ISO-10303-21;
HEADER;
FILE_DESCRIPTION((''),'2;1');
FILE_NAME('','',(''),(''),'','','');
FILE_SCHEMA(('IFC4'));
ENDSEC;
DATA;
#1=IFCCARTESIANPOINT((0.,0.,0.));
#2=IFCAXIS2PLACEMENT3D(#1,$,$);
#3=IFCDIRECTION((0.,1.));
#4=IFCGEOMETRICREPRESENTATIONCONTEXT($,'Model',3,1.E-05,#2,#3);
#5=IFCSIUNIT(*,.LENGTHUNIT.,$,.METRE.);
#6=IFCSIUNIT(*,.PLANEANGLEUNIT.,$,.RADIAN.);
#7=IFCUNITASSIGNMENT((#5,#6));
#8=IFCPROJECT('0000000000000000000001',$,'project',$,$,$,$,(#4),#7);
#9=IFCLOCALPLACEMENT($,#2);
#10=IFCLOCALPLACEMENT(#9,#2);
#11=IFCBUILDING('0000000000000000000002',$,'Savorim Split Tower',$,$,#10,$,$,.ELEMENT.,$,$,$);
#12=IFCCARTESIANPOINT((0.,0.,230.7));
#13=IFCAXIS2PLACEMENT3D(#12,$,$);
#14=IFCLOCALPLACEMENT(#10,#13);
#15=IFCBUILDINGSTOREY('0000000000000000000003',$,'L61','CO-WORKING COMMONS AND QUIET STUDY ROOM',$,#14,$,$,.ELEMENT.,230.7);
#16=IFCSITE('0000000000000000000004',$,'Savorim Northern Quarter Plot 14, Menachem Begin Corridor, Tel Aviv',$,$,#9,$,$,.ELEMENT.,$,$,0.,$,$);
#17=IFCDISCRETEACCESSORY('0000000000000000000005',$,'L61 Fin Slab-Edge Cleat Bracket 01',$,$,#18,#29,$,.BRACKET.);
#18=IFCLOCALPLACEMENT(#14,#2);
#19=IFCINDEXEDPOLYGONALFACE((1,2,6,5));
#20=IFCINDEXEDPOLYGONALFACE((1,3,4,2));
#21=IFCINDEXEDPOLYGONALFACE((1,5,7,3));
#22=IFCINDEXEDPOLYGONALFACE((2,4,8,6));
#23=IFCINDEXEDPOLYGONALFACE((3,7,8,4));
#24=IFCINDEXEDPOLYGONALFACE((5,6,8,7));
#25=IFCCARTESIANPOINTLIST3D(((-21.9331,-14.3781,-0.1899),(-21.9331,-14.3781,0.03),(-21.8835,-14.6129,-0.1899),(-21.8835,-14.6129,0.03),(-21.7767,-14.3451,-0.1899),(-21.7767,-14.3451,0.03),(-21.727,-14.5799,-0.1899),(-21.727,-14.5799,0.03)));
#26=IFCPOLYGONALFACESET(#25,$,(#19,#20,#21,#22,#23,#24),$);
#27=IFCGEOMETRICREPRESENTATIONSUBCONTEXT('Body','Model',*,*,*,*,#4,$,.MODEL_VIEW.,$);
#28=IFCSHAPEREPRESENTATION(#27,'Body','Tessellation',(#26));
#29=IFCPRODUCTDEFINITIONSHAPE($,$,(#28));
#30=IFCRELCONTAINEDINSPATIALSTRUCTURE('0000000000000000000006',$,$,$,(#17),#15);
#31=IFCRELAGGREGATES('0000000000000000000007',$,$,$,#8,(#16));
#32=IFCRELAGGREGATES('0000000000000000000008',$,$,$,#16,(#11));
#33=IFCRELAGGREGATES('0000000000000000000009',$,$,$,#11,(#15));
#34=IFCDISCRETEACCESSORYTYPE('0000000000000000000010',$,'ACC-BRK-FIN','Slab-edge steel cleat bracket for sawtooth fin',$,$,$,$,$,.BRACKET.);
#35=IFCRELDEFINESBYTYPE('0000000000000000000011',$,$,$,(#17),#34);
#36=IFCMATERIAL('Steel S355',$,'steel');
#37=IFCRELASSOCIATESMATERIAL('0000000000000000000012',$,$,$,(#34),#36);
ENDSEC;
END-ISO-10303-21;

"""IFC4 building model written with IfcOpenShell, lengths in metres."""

from ifc_helpers import new_model, si_unit, direction, frame, origin, origin_2d, place, context, subcontext, project, spatial, rectangle, extrude, material, type_object, element, save


model = new_model("IFC4")

# Units and contexts
model_context = context("Model", 3, precision=1e-05, world=origin(), true_north=direction((0.0, 1.0)))
body_context = subcontext(model_context, "Body", "Model", "MODEL_VIEW")
ifc_project = project(units=[si_unit("LENGTHUNIT", "METRE"), si_unit("PLANEANGLEUNIT", "RADIAN")], contexts=[model_context])

# Site, building, storey
site_placement = place(None, origin())
site = spatial("IfcSite", under=ifc_project, at=site_placement, Name="Savorim Northern Quarter Plot 14, Menachem Begin Corridor, Tel Aviv", CompositionType="ELEMENT", RefElevation=0.0)
building_placement = place(site_placement, origin())
building = spatial("IfcBuilding", under=site, at=building_placement, Name="Savorim Split Tower", CompositionType="ELEMENT")
storey_placement = place(building_placement, frame((0.0, 0.0, 230.7)))
storey = spatial("IfcBuildingStorey", under=building, at=storey_placement, Name="L61", Description="CO-WORKING COMMONS AND QUIET STUDY ROOM", CompositionType="ELEMENT", Elevation=230.7)

# Discrete accessory
ifc_material_1 = material(Name="Steel S355", Category="steel")
discrete_accessory_type = type_object("IfcDiscreteAccessoryType", Name="ACC-BRK-FIN", Description="Slab-edge steel cleat bracket for sawtooth fin", PredefinedType="BRACKET", material=ifc_material_1)
discrete_accessory_placement = place(storey_placement, frame((-21.8301, -14.479, -0.1899), z_axis=(0.0, 0.0, 1.0), x_axis=(0.206722, -0.9784, 0.0)))
element("IfcDiscreteAccessory", 1, at=discrete_accessory_placement, inside=storey, type_object=discrete_accessory_type, Name="L61 Fin Slab-Edge Cleat Bracket 01", PredefinedType="BRACKET", context=body_context, shape_type="SweptSolid", body=[
    extrude(rectangle(XDim=0.24, YDim=0.1599, at=origin_2d()), origin(), (0.0, 0.0, 1.0), 0.22),
])

save(model, "model.ifc")
